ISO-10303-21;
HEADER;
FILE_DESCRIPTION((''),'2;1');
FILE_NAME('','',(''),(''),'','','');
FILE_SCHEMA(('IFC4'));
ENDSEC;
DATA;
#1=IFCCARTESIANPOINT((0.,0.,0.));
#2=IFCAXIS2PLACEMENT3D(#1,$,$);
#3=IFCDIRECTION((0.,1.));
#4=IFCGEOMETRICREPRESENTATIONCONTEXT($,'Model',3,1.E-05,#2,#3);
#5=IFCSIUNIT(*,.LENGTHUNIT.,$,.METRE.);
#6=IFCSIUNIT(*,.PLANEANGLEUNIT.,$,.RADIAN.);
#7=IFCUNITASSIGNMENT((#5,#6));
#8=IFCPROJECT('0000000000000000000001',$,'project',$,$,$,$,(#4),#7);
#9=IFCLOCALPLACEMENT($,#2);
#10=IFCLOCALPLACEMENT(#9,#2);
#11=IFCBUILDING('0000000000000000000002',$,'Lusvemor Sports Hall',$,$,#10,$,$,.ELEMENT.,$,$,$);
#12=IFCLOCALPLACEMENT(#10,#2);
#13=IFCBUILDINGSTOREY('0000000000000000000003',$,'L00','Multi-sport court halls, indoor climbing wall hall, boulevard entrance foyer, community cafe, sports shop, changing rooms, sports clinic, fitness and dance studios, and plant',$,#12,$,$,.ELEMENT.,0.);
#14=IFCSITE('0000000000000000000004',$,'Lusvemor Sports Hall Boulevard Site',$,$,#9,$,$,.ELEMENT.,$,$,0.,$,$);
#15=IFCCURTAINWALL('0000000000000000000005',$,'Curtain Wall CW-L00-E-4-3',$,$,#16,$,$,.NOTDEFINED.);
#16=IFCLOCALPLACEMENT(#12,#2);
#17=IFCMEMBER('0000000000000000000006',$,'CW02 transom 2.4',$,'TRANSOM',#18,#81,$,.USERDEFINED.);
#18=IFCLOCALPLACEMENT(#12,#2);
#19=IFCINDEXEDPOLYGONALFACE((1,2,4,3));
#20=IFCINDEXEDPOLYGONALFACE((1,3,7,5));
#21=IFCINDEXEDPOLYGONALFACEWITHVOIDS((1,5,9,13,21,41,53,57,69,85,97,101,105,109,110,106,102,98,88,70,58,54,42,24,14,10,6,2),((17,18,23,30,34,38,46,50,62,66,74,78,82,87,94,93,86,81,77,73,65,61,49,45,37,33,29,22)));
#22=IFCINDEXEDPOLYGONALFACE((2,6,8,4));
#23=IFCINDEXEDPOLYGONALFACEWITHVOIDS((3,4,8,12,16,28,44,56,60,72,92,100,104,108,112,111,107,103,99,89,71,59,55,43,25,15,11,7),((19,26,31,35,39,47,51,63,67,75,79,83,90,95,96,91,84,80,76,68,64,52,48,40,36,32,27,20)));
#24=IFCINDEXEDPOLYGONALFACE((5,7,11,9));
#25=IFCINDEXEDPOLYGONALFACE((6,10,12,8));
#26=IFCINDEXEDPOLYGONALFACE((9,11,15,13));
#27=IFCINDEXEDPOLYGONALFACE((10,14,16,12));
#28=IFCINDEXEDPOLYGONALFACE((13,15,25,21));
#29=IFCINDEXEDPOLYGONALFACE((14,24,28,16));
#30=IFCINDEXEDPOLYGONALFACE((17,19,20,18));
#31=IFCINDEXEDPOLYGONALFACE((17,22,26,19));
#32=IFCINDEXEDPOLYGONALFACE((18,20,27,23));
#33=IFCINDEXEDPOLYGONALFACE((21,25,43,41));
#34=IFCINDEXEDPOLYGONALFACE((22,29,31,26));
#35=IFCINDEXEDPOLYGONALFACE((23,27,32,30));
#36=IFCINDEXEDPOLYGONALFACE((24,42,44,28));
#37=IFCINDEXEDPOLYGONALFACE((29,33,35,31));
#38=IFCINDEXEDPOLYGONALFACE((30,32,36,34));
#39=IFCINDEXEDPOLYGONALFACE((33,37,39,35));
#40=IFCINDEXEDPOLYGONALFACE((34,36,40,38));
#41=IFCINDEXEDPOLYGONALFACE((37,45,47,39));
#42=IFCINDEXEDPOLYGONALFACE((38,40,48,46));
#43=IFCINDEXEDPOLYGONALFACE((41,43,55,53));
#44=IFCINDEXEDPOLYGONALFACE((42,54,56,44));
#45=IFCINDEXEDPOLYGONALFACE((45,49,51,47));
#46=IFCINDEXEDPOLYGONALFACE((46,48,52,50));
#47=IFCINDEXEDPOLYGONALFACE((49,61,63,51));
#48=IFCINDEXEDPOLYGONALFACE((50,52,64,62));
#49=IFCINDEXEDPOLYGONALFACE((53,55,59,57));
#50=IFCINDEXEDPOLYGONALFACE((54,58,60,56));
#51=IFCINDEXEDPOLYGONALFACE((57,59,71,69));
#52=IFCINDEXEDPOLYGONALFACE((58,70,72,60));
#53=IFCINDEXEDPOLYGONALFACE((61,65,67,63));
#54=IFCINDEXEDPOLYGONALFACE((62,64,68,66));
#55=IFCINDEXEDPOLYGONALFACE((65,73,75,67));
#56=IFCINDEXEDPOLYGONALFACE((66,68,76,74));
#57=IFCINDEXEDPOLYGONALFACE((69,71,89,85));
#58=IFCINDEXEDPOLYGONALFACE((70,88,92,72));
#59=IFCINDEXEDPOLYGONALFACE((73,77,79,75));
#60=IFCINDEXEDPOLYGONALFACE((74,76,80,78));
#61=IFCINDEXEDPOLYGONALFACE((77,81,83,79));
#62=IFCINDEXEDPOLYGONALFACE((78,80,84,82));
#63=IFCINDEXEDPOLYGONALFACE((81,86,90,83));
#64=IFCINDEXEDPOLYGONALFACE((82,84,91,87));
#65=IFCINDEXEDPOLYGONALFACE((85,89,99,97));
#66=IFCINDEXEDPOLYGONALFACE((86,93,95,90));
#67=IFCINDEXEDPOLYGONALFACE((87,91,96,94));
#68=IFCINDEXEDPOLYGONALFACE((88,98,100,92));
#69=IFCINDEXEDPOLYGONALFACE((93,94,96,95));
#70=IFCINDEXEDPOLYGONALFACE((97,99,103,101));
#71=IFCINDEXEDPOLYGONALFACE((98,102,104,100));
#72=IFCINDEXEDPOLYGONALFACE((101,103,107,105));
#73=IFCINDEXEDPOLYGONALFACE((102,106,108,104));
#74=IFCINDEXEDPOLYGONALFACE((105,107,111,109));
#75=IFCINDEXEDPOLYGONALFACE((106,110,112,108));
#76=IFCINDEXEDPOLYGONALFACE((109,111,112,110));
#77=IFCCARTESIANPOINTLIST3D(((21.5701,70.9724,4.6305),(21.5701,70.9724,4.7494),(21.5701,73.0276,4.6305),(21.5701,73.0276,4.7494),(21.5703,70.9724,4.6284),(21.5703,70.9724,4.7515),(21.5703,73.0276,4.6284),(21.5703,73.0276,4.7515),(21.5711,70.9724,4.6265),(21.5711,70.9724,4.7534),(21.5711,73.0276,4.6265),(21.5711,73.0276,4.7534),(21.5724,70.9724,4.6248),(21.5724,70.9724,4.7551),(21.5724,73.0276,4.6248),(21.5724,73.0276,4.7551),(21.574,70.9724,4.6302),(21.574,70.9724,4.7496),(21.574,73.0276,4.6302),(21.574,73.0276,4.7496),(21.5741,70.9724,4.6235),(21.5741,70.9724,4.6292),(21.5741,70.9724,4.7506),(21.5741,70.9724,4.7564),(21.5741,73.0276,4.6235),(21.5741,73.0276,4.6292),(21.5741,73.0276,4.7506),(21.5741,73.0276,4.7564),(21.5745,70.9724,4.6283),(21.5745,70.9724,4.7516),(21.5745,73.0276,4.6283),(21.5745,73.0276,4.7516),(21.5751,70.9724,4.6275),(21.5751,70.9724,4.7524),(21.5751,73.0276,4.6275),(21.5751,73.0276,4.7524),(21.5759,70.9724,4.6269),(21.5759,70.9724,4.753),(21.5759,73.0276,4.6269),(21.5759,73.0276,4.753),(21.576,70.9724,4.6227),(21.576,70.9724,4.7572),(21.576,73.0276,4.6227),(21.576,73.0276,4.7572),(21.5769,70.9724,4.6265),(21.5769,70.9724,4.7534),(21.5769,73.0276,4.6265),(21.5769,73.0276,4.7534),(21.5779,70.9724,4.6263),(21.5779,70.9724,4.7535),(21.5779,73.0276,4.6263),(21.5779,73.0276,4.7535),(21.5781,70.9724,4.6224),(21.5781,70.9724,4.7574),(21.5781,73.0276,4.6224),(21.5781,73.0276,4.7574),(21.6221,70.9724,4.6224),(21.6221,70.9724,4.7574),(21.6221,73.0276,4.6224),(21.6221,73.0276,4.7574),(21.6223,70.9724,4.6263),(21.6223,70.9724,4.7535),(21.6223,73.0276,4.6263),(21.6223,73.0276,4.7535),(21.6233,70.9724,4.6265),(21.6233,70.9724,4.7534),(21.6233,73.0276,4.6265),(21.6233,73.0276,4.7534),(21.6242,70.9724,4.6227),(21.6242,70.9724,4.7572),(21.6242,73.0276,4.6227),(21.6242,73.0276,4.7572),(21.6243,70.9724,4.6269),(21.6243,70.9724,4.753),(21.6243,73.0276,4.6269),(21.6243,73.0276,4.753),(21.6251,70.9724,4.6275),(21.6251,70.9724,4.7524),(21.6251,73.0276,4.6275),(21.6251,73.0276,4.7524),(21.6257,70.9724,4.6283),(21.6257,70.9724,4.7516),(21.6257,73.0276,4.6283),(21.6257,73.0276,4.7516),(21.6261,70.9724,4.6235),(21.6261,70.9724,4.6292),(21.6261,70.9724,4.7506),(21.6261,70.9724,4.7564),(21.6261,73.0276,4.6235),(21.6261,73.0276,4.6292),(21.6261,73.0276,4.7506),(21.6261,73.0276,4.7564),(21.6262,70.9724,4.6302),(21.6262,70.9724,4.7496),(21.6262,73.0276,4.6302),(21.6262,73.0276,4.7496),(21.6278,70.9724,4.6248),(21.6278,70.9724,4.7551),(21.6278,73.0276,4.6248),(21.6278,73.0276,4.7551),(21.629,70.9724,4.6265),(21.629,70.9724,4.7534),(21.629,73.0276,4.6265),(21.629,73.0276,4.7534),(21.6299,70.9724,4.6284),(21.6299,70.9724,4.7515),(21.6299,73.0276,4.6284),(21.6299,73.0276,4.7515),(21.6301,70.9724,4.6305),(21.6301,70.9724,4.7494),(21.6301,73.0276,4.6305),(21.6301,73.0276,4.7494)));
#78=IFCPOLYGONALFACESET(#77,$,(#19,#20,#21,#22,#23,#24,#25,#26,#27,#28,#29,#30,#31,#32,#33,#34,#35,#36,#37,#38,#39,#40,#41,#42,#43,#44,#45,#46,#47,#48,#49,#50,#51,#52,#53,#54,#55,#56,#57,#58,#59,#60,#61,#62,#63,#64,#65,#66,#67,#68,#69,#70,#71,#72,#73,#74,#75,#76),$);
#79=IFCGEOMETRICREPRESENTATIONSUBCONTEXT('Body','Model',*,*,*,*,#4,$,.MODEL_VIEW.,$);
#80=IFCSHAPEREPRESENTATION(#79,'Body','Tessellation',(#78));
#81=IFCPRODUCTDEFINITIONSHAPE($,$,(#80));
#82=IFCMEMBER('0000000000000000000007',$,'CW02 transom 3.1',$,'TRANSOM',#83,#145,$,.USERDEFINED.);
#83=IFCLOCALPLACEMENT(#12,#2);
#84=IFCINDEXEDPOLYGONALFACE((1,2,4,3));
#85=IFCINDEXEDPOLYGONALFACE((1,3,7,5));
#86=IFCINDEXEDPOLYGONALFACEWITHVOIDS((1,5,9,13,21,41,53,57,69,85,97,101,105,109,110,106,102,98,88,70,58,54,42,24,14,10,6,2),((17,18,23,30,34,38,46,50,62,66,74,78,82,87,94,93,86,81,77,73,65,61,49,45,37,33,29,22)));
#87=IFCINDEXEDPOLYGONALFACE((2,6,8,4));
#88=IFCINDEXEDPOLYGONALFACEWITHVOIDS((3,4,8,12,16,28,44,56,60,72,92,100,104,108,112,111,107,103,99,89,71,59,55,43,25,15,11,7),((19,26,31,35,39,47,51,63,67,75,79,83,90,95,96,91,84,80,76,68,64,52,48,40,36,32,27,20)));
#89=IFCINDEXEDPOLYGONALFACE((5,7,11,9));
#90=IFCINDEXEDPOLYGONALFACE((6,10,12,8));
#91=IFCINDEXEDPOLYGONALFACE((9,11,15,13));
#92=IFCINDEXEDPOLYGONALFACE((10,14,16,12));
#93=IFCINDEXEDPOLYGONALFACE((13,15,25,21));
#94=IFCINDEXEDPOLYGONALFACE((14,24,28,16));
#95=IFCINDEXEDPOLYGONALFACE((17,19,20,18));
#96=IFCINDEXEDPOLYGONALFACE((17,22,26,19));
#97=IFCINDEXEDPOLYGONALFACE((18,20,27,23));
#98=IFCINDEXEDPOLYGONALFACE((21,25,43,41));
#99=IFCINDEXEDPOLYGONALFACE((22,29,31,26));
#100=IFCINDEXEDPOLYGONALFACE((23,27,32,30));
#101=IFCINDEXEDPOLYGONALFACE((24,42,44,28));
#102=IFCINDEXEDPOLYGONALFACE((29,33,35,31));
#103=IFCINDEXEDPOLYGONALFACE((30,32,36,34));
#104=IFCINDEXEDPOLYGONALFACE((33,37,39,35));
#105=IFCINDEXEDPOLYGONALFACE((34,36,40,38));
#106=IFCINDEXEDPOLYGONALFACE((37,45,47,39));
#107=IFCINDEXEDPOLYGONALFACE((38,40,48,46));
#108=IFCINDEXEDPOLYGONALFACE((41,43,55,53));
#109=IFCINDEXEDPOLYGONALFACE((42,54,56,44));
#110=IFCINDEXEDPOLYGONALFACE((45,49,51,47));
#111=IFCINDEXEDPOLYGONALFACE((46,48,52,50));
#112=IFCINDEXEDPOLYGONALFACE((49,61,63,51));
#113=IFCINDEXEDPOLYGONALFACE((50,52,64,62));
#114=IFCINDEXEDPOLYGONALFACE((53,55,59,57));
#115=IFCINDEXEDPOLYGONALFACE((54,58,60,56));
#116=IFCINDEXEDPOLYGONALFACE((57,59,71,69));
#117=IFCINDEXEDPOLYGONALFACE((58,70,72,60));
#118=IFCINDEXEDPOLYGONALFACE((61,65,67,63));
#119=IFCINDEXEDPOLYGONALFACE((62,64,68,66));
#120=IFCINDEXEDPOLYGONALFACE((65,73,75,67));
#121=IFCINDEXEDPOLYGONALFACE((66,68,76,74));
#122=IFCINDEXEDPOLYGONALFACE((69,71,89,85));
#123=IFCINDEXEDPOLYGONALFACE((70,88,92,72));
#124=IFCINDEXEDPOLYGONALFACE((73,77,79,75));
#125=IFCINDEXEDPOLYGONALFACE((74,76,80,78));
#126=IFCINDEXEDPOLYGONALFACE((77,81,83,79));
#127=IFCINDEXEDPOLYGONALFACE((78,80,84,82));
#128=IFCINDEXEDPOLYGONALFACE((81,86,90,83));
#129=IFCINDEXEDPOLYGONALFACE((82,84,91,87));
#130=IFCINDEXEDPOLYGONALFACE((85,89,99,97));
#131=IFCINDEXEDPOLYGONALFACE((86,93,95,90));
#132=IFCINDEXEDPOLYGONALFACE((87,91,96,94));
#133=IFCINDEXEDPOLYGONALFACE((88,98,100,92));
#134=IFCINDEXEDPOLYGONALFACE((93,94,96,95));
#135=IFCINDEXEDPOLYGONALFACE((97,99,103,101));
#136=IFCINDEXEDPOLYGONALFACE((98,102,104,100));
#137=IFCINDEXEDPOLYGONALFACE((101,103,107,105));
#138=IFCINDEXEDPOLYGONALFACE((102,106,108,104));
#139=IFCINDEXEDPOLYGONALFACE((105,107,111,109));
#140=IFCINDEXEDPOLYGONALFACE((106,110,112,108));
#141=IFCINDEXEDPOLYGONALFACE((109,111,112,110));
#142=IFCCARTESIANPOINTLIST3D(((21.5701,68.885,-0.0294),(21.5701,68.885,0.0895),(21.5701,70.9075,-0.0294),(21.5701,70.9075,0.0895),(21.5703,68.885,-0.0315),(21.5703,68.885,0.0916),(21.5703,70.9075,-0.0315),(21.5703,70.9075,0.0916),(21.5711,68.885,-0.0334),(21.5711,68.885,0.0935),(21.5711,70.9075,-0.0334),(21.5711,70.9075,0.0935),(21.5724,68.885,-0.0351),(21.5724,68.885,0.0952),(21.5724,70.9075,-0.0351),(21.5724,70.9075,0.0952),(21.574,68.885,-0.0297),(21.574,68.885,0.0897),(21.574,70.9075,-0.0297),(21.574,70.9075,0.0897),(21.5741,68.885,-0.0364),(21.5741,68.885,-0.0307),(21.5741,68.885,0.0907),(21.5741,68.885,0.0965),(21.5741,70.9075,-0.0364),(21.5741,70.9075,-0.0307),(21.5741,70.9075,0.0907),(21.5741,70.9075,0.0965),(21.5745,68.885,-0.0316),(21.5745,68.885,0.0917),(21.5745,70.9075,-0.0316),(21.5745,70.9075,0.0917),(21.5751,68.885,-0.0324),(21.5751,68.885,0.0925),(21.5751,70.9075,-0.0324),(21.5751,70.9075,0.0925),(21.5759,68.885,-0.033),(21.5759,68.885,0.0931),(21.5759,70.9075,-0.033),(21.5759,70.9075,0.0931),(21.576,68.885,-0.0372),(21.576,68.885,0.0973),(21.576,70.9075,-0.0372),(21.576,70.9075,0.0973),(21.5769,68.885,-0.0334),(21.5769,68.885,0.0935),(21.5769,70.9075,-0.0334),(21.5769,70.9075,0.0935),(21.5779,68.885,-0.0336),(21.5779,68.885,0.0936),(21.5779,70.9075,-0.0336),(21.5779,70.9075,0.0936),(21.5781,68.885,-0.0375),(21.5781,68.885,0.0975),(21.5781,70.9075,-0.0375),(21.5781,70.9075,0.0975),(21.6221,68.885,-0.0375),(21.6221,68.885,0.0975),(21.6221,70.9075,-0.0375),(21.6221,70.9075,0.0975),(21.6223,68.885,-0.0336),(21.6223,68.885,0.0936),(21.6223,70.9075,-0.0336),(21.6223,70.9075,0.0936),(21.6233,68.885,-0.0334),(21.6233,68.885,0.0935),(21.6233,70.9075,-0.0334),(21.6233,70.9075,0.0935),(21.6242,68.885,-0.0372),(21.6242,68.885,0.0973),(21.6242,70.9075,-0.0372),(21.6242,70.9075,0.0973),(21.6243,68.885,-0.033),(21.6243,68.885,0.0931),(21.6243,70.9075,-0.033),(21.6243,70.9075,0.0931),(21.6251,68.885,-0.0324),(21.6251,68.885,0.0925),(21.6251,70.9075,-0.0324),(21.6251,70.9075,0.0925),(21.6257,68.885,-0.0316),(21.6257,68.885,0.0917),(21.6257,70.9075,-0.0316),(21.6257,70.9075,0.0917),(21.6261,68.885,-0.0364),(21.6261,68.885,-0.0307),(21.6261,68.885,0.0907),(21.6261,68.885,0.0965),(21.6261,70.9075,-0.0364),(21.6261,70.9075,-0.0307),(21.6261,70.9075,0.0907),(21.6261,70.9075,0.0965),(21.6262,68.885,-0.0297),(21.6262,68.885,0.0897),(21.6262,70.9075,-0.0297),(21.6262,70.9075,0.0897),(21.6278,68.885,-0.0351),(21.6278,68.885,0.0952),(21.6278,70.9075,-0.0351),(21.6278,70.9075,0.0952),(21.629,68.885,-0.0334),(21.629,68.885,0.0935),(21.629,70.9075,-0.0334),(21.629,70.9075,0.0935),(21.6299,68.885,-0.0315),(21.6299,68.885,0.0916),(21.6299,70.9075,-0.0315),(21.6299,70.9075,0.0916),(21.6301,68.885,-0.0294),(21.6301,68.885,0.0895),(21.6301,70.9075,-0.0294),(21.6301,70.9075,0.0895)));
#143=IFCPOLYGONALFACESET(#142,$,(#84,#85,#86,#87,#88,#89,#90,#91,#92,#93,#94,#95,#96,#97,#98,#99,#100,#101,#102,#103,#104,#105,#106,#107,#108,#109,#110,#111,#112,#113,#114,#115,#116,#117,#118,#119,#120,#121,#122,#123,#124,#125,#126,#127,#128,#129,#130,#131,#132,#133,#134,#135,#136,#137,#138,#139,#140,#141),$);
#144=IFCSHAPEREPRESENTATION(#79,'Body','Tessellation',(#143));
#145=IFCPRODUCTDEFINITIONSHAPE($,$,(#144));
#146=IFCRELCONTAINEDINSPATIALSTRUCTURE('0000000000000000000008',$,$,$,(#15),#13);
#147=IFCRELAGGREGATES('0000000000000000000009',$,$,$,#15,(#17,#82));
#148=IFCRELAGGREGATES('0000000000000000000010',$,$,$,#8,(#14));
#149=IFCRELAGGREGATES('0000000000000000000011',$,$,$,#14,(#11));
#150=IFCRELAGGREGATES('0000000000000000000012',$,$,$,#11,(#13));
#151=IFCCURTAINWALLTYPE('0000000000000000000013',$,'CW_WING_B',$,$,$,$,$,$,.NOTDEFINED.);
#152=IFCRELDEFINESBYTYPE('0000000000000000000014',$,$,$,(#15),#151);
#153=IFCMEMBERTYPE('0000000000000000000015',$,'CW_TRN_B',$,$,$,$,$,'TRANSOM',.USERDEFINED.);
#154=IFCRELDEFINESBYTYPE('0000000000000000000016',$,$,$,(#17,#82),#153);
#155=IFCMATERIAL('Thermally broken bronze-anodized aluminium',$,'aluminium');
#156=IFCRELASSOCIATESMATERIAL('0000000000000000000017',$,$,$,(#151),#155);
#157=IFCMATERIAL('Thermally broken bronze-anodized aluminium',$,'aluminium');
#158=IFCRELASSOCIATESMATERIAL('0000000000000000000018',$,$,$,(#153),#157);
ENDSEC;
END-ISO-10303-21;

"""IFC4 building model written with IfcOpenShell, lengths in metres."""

from ifc_helpers import new_model, si_unit, direction, frame, origin, origin_2d, place, context, subcontext, project, spatial, hollow_rectangle, extrude, material, material_profile, profile_set, type_object, element, aggregate, save


model = new_model("IFC4")

# Units and contexts
model_context = context("Model", 3, precision=1e-05, world=origin(), true_north=direction((0.0, 1.0)))
body_context = subcontext(model_context, "Body", "Model", "MODEL_VIEW")
ifc_project = project(units=[si_unit("LENGTHUNIT", "METRE"), si_unit("PLANEANGLEUNIT", "RADIAN")], contexts=[model_context])

# Site, building, storey
site_placement = place(None, origin())
site = spatial("IfcSite", under=ifc_project, at=site_placement, Name="Lusvemor Sports Hall Boulevard Site", CompositionType="ELEMENT", RefElevation=0.0)
building_placement = place(site_placement, origin())
building = spatial("IfcBuilding", under=site, at=building_placement, Name="Lusvemor Sports Hall", CompositionType="ELEMENT")
storey_placement = place(building_placement, origin())
storey = spatial("IfcBuildingStorey", under=building, at=storey_placement, Name="L00", Description="Multi-sport court halls, indoor climbing wall hall, boulevard entrance foyer, community cafe, sports shop, changing rooms, sports clinic, fitness and dance studios, and plant", CompositionType="ELEMENT", Elevation=0.0)

# Shared definitions
ifc_material_1 = material(Name="Thermally broken bronze-anodized aluminium", Category="aluminium")
curtain_wall_type = type_object("IfcCurtainWallType", Name="CW_WING_B", PredefinedType="NOTDEFINED", material=ifc_material_1)

# Curtain wall
curtain_wall_1_placement = place(storey_placement, origin())
curtain_wall_1 = element("IfcCurtainWall", 1, at=curtain_wall_1_placement, inside=storey, type_object=curtain_wall_type, Name="Curtain Wall CW-L00-E-4-3", PredefinedType="NOTDEFINED")

# Members
ifc_material_2 = material(Name="Thermally broken bronze-anodized aluminium", Category="aluminium")
ifc_material_profile_1 = material_profile(ifc_material_2, hollow_rectangle(XDim=0.0601, YDim=0.135, WallThickness=0.0039, InnerFilletRadius=0.0039, OuterFilletRadius=0.0081, at=origin_2d()), Name="CWTRN135x60x4")
ifc_profile_set_1 = profile_set([ifc_material_profile_1], Name="Thermally broken bronze-anodized aluminium")
member_type_1 = type_object("IfcMemberType", Name="CW_TRN_B", ElementType="TRANSOM", PredefinedType="USERDEFINED", material=ifc_profile_set_1)
member_1_placement = place(storey_placement, frame((21.6001, 73.0276, 4.6899), z_axis=(0.0, -1.0, 0.0), x_axis=(1.0, 0.0, 0.0)))
member_1 = element("IfcMember", 2, at=member_1_placement, type_object=member_type_1, Name="CW02 transom 2.4", ObjectType="TRANSOM", PredefinedType="USERDEFINED", context=body_context, shape_type="SweptSolid", body=[
    extrude(hollow_rectangle(XDim=0.0601, YDim=0.135, WallThickness=0.0039, InnerFilletRadius=0.0039, OuterFilletRadius=0.0081, at=origin_2d()), origin(), (0.0, 0.0, 1.0), 2.0552),
])
member_2_placement = place(storey_placement, frame((21.6001, 70.9075, 0.03), z_axis=(0.0, -1.0, 0.0), x_axis=(1.0, 0.0, 0.0)))
member_2 = element("IfcMember", 3, at=member_2_placement, type_object=member_type_1, Name="CW02 transom 3.1", ObjectType="TRANSOM", PredefinedType="USERDEFINED", context=body_context, shape_type="SweptSolid", body=[
    extrude(hollow_rectangle(XDim=0.0601, YDim=0.135, WallThickness=0.0039, InnerFilletRadius=0.0039, OuterFilletRadius=0.0081, at=origin_2d()), origin(), (0.0, 0.0, 1.0), 2.0225),
])

aggregate(curtain_wall_1, [member_1, member_2])

save(model, "model.ifc")
